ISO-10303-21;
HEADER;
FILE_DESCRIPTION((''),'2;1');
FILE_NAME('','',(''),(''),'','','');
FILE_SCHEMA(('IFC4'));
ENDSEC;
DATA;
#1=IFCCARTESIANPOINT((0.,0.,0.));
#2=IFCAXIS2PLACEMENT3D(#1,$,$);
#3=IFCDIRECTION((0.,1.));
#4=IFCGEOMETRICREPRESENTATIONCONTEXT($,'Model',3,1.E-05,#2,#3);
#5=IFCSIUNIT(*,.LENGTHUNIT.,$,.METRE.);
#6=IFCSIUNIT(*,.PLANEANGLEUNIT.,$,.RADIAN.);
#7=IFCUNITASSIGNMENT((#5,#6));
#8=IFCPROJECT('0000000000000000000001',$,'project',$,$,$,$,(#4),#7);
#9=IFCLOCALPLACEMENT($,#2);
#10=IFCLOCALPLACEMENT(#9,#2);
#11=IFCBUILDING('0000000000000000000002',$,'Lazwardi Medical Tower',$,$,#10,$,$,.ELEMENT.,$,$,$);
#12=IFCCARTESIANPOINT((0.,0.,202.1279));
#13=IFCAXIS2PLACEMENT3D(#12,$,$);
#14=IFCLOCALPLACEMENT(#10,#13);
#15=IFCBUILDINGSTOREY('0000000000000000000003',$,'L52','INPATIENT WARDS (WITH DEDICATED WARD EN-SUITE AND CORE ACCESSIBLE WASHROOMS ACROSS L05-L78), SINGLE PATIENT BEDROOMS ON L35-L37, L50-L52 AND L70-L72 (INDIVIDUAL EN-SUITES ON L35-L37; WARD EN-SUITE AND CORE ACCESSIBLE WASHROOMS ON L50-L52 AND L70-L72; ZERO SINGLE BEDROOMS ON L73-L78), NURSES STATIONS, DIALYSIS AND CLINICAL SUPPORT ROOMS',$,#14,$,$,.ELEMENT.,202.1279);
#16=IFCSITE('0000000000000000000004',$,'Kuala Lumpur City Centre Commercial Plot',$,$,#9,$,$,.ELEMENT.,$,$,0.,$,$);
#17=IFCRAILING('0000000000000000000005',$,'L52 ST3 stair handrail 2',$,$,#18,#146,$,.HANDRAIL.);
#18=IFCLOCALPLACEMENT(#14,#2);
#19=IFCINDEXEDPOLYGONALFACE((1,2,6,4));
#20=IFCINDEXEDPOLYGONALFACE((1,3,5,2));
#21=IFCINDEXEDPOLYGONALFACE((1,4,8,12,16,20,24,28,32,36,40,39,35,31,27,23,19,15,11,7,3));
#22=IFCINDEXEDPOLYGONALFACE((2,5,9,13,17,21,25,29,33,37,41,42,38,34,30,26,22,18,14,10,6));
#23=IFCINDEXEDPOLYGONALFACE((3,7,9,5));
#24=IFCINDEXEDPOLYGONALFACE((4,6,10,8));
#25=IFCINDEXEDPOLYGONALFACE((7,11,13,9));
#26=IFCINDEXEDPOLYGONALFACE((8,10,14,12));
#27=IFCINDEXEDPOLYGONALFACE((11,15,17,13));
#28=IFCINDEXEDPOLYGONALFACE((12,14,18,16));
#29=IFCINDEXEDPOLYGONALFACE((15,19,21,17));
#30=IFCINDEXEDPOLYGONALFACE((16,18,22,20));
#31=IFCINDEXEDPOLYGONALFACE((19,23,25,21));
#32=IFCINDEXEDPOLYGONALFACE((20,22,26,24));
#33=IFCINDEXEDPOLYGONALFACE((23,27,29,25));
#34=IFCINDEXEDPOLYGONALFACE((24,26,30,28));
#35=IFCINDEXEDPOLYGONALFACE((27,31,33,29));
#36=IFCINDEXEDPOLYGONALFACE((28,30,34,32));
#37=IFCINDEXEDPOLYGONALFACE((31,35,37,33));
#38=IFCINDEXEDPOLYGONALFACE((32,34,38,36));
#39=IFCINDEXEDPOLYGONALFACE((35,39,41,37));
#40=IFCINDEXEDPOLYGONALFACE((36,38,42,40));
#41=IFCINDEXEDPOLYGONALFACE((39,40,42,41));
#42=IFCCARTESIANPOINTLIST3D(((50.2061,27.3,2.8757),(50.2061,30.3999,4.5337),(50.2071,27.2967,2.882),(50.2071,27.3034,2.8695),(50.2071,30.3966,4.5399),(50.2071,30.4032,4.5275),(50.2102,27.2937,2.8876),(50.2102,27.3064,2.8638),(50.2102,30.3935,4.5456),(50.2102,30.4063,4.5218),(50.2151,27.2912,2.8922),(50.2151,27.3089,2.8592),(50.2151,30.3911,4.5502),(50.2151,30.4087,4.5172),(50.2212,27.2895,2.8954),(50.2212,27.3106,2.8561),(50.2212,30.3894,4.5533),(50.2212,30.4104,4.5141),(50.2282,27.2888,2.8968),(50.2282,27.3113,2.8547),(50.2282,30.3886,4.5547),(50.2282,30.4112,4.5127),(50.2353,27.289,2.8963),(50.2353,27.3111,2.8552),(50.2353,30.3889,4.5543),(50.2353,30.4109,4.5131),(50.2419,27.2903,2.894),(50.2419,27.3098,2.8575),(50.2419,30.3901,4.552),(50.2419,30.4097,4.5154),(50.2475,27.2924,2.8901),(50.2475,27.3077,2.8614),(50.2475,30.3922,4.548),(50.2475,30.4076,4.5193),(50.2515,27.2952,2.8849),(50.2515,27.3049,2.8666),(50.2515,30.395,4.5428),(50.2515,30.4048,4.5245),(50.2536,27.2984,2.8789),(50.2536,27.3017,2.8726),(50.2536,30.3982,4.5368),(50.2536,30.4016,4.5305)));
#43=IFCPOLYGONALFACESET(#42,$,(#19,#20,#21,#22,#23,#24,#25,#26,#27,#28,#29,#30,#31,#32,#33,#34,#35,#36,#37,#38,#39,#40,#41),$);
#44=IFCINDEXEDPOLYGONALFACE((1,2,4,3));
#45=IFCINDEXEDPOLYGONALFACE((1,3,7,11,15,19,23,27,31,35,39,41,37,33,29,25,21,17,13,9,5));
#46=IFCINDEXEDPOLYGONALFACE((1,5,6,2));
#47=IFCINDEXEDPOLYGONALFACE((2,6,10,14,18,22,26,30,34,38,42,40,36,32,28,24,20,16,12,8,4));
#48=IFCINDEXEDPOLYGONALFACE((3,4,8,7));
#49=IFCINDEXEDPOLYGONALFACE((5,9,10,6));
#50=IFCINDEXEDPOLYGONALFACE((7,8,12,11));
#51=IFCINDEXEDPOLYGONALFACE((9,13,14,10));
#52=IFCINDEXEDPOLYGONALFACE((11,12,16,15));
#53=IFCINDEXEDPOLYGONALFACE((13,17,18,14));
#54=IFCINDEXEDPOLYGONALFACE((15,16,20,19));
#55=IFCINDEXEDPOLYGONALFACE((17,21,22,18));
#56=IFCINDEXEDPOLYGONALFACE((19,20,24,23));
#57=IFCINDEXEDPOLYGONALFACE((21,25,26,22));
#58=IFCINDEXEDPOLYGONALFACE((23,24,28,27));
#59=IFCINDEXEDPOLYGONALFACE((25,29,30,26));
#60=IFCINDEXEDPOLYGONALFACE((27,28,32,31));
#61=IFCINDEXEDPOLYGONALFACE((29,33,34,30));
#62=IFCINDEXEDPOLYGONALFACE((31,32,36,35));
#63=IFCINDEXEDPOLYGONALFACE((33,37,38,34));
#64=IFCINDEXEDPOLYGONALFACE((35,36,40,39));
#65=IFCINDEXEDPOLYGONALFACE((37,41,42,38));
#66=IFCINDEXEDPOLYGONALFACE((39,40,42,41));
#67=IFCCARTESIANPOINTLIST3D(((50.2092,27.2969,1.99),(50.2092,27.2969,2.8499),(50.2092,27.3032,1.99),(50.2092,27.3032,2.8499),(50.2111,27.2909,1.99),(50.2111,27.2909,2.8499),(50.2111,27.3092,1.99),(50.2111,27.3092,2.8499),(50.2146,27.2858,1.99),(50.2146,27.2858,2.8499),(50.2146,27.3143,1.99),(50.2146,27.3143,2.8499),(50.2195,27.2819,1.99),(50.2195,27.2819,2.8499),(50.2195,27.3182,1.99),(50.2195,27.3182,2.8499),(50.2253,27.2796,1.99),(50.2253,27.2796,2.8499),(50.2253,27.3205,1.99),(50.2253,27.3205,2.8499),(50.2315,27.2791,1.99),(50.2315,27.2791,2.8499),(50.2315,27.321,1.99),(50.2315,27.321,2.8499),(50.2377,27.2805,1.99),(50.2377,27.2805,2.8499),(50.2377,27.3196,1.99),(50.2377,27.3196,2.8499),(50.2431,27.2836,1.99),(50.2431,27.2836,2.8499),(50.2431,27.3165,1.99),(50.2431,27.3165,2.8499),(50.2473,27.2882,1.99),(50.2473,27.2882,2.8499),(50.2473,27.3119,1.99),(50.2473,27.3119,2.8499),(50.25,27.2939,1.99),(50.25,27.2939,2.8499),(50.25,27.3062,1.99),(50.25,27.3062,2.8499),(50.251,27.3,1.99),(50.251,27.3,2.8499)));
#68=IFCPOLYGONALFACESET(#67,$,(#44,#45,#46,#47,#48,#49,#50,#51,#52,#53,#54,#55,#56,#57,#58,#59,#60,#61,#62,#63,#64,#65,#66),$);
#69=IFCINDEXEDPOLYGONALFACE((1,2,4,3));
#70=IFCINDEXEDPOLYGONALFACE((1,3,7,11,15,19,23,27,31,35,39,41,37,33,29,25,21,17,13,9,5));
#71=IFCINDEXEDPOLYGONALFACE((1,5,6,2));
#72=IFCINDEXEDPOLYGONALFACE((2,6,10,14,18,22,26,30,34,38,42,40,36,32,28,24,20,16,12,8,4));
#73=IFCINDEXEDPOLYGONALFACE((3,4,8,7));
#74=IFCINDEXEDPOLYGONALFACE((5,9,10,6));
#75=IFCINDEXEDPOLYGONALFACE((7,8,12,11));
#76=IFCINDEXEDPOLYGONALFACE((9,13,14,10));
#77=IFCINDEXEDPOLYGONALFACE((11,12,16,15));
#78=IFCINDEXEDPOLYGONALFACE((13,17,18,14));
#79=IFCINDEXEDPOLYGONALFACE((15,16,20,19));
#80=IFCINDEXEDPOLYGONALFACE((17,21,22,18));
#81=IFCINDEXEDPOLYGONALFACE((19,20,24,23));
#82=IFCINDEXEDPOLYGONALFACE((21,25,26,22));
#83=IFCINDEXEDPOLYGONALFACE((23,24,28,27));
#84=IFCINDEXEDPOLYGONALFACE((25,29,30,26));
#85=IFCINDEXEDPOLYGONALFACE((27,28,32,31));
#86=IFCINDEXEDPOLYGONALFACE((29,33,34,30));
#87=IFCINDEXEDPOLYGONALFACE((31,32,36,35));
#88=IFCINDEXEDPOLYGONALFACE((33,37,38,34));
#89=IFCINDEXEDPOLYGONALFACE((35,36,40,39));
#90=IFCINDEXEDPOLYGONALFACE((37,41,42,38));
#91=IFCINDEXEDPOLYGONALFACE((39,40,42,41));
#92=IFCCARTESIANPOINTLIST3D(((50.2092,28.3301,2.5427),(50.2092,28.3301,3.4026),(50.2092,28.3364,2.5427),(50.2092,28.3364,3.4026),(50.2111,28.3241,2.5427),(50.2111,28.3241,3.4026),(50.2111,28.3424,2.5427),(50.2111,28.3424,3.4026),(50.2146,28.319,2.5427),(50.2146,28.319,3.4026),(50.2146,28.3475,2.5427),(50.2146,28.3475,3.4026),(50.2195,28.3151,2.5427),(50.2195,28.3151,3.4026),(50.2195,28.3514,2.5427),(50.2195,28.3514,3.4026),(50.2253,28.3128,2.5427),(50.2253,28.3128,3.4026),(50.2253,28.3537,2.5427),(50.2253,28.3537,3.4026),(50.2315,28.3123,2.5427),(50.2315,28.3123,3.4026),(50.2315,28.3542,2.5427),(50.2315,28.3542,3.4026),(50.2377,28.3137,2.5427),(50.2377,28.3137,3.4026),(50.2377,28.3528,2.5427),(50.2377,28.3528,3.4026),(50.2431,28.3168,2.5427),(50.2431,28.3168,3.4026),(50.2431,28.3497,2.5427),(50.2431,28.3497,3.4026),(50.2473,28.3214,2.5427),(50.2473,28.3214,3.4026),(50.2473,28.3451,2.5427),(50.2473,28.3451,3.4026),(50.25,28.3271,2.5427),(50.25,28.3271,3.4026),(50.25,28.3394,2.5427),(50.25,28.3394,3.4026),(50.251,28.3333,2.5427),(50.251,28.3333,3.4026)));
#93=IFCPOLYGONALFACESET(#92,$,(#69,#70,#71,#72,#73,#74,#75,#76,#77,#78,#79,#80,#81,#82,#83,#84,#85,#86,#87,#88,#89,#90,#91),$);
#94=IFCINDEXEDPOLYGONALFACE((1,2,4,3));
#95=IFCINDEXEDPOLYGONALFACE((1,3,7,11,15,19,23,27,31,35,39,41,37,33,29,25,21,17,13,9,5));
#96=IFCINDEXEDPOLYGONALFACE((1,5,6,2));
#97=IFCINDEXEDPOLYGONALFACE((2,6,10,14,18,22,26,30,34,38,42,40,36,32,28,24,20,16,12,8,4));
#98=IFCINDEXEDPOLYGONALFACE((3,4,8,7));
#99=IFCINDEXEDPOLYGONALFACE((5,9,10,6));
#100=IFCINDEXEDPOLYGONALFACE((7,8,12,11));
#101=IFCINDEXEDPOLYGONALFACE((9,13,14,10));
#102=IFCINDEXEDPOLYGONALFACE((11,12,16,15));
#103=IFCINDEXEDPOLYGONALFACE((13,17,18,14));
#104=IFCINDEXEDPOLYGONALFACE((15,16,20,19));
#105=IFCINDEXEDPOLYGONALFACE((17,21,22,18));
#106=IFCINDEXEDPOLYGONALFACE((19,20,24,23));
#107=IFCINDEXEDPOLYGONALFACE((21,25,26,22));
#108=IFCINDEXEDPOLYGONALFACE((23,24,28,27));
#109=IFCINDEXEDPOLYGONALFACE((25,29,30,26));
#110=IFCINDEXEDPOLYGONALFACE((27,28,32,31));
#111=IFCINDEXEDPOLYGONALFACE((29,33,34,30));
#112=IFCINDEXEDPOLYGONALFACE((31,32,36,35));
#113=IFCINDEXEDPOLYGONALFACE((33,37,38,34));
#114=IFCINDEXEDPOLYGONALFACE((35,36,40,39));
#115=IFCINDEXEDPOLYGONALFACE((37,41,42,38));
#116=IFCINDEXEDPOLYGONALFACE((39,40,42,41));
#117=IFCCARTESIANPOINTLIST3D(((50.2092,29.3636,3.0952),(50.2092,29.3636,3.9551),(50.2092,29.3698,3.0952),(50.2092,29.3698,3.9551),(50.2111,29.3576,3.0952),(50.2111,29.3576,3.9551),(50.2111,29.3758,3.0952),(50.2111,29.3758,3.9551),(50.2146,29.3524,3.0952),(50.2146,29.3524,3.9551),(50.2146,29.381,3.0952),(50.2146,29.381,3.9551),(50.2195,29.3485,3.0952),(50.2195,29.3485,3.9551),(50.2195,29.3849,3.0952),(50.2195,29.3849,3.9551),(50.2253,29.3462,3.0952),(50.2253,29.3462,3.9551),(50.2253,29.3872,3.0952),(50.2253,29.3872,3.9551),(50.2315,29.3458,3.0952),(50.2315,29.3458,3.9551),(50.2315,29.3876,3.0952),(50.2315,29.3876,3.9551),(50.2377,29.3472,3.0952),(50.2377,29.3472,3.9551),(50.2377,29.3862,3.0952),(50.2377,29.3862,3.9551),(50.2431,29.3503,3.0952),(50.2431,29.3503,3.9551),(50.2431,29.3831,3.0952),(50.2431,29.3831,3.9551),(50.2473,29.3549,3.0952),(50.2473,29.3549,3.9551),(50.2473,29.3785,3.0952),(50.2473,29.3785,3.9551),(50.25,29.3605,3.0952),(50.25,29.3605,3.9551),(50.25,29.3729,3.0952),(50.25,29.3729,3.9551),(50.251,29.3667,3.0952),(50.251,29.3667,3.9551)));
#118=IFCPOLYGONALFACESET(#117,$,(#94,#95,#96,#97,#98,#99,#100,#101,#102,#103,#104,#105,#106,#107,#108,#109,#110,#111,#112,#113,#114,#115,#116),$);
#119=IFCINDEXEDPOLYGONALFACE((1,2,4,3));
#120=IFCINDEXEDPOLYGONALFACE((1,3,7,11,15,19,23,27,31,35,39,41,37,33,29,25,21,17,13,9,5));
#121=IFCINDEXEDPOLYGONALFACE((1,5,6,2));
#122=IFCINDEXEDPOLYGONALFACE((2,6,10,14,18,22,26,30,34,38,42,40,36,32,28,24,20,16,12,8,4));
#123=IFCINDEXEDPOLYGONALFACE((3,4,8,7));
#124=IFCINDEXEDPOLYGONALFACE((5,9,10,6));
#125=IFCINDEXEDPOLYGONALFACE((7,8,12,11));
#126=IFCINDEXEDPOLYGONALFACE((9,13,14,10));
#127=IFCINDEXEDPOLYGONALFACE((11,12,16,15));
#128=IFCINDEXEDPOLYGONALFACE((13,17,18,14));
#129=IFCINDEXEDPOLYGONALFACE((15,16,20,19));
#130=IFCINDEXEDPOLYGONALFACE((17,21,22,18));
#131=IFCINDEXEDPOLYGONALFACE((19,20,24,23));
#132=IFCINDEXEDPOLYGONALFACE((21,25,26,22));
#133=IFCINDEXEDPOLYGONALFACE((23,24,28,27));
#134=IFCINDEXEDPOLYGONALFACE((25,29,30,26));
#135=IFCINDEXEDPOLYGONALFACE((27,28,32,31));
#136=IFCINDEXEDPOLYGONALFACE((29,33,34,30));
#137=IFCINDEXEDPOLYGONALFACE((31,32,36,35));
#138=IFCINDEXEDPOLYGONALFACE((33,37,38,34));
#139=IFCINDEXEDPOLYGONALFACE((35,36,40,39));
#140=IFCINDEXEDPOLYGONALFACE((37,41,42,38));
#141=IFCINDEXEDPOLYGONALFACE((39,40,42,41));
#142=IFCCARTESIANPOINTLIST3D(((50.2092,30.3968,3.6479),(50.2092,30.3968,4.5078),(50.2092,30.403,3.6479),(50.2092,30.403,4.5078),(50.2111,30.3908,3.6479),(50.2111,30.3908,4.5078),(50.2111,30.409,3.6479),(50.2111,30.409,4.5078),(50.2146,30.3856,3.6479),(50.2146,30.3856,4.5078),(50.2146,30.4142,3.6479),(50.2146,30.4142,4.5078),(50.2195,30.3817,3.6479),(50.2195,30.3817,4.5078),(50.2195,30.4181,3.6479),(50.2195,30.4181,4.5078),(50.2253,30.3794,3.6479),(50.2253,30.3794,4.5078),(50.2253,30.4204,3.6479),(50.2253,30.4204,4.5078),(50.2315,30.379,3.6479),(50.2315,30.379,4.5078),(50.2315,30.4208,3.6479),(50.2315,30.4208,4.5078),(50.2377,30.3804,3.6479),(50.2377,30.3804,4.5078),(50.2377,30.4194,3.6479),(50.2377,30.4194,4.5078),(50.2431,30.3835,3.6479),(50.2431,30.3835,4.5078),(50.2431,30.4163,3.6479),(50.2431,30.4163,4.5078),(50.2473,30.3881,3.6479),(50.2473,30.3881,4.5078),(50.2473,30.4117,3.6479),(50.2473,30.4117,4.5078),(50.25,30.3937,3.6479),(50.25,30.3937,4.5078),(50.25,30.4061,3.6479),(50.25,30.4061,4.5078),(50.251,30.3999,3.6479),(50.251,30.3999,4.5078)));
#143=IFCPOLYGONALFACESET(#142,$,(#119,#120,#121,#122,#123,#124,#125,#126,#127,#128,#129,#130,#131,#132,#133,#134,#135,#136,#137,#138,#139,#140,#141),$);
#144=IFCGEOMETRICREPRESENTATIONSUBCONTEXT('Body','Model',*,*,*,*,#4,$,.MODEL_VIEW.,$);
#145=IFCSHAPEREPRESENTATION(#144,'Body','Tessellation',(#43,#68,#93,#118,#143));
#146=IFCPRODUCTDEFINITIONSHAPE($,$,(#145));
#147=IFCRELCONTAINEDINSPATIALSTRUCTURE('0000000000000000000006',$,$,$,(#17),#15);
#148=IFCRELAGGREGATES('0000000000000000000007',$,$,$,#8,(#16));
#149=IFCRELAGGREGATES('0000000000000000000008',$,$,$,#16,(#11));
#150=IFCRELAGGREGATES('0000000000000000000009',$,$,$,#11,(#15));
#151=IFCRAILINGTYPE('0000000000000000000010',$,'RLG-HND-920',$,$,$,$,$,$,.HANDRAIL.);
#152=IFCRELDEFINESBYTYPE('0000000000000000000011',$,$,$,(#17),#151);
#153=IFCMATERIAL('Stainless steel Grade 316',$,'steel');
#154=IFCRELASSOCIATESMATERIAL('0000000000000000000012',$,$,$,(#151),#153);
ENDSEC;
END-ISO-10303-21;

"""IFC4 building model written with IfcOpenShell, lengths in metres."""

from ifc_helpers import new_model, si_unit, direction, frame, origin, origin_2d, place, context, subcontext, project, spatial, circle, extrude, material, type_object, element, save


model = new_model("IFC4")

# Units and contexts
model_context = context("Model", 3, precision=1e-05, world=origin(), true_north=direction((0.0, 1.0)))
body_context = subcontext(model_context, "Body", "Model", "MODEL_VIEW")
ifc_project = project(units=[si_unit("LENGTHUNIT", "METRE"), si_unit("PLANEANGLEUNIT", "RADIAN")], contexts=[model_context])

# Site, building, storey
site_placement = place(None, origin())
site = spatial("IfcSite", under=ifc_project, at=site_placement, Name="Kuala Lumpur City Centre Commercial Plot", CompositionType="ELEMENT", RefElevation=0.0)
building_placement = place(site_placement, origin())
building = spatial("IfcBuilding", under=site, at=building_placement, Name="Lazwardi Medical Tower", CompositionType="ELEMENT")
storey_placement = place(building_placement, frame((0.0, 0.0, 202.1279)))
storey = spatial("IfcBuildingStorey", under=building, at=storey_placement, Name="L52", Description="INPATIENT WARDS (WITH DEDICATED WARD EN-SUITE AND CORE ACCESSIBLE WASHROOMS ACROSS L05-L78), SINGLE PATIENT BEDROOMS ON L35-L37, L50-L52 AND L70-L72 (INDIVIDUAL EN-SUITES ON L35-L37; WARD EN-SUITE AND CORE ACCESSIBLE WASHROOMS ON L50-L52 AND L70-L72; ZERO SINGLE BEDROOMS ON L73-L78), NURSES STATIONS, DIALYSIS AND CLINICAL SUPPORT ROOMS", CompositionType="ELEMENT", Elevation=202.1279)

# Railing
ifc_material_1 = material(Name="Stainless steel Grade 316", Category="steel")
railing_type_1 = type_object("IfcRailingType", Name="RLG-HND-920", PredefinedType="HANDRAIL", material=ifc_material_1)
railing_1_placement = place(storey_placement, frame((50.23, 27.3, 1.99)))
element("IfcRailing", 1, at=railing_1_placement, inside=storey, type_object=railing_type_1, Name="L52 ST3 stair handrail 2", PredefinedType="HANDRAIL", context=body_context, shape_type="SweptSolid", body=[
    extrude(circle(Radius=0.0239, at=origin_2d()), frame((0.0, 0.0, 0.8857), z_axis=(0.0, 0.881797, 0.47163), x_axis=(-1.0, 0.0, 0.0)), (0.0, 0.0, 1.0), 3.5154),
    extrude(circle(Radius=0.021, at=origin_2d()), origin(), (0.0, 0.0, 1.0), 0.8599),
    extrude(circle(Radius=0.021, at=origin_2d()), frame((0.0, 1.0332, 0.5527)), (0.0, 0.0, 1.0), 0.8599),
    extrude(circle(Radius=0.021, at=origin_2d()), frame((0.0, 2.0667, 1.1052)), (0.0, 0.0, 1.0), 0.8599),
    extrude(circle(Radius=0.021, at=origin_2d()), frame((0.0, 3.0999, 1.658)), (0.0, 0.0, 1.0), 0.8599),
])

save(model, "model.ifc")
